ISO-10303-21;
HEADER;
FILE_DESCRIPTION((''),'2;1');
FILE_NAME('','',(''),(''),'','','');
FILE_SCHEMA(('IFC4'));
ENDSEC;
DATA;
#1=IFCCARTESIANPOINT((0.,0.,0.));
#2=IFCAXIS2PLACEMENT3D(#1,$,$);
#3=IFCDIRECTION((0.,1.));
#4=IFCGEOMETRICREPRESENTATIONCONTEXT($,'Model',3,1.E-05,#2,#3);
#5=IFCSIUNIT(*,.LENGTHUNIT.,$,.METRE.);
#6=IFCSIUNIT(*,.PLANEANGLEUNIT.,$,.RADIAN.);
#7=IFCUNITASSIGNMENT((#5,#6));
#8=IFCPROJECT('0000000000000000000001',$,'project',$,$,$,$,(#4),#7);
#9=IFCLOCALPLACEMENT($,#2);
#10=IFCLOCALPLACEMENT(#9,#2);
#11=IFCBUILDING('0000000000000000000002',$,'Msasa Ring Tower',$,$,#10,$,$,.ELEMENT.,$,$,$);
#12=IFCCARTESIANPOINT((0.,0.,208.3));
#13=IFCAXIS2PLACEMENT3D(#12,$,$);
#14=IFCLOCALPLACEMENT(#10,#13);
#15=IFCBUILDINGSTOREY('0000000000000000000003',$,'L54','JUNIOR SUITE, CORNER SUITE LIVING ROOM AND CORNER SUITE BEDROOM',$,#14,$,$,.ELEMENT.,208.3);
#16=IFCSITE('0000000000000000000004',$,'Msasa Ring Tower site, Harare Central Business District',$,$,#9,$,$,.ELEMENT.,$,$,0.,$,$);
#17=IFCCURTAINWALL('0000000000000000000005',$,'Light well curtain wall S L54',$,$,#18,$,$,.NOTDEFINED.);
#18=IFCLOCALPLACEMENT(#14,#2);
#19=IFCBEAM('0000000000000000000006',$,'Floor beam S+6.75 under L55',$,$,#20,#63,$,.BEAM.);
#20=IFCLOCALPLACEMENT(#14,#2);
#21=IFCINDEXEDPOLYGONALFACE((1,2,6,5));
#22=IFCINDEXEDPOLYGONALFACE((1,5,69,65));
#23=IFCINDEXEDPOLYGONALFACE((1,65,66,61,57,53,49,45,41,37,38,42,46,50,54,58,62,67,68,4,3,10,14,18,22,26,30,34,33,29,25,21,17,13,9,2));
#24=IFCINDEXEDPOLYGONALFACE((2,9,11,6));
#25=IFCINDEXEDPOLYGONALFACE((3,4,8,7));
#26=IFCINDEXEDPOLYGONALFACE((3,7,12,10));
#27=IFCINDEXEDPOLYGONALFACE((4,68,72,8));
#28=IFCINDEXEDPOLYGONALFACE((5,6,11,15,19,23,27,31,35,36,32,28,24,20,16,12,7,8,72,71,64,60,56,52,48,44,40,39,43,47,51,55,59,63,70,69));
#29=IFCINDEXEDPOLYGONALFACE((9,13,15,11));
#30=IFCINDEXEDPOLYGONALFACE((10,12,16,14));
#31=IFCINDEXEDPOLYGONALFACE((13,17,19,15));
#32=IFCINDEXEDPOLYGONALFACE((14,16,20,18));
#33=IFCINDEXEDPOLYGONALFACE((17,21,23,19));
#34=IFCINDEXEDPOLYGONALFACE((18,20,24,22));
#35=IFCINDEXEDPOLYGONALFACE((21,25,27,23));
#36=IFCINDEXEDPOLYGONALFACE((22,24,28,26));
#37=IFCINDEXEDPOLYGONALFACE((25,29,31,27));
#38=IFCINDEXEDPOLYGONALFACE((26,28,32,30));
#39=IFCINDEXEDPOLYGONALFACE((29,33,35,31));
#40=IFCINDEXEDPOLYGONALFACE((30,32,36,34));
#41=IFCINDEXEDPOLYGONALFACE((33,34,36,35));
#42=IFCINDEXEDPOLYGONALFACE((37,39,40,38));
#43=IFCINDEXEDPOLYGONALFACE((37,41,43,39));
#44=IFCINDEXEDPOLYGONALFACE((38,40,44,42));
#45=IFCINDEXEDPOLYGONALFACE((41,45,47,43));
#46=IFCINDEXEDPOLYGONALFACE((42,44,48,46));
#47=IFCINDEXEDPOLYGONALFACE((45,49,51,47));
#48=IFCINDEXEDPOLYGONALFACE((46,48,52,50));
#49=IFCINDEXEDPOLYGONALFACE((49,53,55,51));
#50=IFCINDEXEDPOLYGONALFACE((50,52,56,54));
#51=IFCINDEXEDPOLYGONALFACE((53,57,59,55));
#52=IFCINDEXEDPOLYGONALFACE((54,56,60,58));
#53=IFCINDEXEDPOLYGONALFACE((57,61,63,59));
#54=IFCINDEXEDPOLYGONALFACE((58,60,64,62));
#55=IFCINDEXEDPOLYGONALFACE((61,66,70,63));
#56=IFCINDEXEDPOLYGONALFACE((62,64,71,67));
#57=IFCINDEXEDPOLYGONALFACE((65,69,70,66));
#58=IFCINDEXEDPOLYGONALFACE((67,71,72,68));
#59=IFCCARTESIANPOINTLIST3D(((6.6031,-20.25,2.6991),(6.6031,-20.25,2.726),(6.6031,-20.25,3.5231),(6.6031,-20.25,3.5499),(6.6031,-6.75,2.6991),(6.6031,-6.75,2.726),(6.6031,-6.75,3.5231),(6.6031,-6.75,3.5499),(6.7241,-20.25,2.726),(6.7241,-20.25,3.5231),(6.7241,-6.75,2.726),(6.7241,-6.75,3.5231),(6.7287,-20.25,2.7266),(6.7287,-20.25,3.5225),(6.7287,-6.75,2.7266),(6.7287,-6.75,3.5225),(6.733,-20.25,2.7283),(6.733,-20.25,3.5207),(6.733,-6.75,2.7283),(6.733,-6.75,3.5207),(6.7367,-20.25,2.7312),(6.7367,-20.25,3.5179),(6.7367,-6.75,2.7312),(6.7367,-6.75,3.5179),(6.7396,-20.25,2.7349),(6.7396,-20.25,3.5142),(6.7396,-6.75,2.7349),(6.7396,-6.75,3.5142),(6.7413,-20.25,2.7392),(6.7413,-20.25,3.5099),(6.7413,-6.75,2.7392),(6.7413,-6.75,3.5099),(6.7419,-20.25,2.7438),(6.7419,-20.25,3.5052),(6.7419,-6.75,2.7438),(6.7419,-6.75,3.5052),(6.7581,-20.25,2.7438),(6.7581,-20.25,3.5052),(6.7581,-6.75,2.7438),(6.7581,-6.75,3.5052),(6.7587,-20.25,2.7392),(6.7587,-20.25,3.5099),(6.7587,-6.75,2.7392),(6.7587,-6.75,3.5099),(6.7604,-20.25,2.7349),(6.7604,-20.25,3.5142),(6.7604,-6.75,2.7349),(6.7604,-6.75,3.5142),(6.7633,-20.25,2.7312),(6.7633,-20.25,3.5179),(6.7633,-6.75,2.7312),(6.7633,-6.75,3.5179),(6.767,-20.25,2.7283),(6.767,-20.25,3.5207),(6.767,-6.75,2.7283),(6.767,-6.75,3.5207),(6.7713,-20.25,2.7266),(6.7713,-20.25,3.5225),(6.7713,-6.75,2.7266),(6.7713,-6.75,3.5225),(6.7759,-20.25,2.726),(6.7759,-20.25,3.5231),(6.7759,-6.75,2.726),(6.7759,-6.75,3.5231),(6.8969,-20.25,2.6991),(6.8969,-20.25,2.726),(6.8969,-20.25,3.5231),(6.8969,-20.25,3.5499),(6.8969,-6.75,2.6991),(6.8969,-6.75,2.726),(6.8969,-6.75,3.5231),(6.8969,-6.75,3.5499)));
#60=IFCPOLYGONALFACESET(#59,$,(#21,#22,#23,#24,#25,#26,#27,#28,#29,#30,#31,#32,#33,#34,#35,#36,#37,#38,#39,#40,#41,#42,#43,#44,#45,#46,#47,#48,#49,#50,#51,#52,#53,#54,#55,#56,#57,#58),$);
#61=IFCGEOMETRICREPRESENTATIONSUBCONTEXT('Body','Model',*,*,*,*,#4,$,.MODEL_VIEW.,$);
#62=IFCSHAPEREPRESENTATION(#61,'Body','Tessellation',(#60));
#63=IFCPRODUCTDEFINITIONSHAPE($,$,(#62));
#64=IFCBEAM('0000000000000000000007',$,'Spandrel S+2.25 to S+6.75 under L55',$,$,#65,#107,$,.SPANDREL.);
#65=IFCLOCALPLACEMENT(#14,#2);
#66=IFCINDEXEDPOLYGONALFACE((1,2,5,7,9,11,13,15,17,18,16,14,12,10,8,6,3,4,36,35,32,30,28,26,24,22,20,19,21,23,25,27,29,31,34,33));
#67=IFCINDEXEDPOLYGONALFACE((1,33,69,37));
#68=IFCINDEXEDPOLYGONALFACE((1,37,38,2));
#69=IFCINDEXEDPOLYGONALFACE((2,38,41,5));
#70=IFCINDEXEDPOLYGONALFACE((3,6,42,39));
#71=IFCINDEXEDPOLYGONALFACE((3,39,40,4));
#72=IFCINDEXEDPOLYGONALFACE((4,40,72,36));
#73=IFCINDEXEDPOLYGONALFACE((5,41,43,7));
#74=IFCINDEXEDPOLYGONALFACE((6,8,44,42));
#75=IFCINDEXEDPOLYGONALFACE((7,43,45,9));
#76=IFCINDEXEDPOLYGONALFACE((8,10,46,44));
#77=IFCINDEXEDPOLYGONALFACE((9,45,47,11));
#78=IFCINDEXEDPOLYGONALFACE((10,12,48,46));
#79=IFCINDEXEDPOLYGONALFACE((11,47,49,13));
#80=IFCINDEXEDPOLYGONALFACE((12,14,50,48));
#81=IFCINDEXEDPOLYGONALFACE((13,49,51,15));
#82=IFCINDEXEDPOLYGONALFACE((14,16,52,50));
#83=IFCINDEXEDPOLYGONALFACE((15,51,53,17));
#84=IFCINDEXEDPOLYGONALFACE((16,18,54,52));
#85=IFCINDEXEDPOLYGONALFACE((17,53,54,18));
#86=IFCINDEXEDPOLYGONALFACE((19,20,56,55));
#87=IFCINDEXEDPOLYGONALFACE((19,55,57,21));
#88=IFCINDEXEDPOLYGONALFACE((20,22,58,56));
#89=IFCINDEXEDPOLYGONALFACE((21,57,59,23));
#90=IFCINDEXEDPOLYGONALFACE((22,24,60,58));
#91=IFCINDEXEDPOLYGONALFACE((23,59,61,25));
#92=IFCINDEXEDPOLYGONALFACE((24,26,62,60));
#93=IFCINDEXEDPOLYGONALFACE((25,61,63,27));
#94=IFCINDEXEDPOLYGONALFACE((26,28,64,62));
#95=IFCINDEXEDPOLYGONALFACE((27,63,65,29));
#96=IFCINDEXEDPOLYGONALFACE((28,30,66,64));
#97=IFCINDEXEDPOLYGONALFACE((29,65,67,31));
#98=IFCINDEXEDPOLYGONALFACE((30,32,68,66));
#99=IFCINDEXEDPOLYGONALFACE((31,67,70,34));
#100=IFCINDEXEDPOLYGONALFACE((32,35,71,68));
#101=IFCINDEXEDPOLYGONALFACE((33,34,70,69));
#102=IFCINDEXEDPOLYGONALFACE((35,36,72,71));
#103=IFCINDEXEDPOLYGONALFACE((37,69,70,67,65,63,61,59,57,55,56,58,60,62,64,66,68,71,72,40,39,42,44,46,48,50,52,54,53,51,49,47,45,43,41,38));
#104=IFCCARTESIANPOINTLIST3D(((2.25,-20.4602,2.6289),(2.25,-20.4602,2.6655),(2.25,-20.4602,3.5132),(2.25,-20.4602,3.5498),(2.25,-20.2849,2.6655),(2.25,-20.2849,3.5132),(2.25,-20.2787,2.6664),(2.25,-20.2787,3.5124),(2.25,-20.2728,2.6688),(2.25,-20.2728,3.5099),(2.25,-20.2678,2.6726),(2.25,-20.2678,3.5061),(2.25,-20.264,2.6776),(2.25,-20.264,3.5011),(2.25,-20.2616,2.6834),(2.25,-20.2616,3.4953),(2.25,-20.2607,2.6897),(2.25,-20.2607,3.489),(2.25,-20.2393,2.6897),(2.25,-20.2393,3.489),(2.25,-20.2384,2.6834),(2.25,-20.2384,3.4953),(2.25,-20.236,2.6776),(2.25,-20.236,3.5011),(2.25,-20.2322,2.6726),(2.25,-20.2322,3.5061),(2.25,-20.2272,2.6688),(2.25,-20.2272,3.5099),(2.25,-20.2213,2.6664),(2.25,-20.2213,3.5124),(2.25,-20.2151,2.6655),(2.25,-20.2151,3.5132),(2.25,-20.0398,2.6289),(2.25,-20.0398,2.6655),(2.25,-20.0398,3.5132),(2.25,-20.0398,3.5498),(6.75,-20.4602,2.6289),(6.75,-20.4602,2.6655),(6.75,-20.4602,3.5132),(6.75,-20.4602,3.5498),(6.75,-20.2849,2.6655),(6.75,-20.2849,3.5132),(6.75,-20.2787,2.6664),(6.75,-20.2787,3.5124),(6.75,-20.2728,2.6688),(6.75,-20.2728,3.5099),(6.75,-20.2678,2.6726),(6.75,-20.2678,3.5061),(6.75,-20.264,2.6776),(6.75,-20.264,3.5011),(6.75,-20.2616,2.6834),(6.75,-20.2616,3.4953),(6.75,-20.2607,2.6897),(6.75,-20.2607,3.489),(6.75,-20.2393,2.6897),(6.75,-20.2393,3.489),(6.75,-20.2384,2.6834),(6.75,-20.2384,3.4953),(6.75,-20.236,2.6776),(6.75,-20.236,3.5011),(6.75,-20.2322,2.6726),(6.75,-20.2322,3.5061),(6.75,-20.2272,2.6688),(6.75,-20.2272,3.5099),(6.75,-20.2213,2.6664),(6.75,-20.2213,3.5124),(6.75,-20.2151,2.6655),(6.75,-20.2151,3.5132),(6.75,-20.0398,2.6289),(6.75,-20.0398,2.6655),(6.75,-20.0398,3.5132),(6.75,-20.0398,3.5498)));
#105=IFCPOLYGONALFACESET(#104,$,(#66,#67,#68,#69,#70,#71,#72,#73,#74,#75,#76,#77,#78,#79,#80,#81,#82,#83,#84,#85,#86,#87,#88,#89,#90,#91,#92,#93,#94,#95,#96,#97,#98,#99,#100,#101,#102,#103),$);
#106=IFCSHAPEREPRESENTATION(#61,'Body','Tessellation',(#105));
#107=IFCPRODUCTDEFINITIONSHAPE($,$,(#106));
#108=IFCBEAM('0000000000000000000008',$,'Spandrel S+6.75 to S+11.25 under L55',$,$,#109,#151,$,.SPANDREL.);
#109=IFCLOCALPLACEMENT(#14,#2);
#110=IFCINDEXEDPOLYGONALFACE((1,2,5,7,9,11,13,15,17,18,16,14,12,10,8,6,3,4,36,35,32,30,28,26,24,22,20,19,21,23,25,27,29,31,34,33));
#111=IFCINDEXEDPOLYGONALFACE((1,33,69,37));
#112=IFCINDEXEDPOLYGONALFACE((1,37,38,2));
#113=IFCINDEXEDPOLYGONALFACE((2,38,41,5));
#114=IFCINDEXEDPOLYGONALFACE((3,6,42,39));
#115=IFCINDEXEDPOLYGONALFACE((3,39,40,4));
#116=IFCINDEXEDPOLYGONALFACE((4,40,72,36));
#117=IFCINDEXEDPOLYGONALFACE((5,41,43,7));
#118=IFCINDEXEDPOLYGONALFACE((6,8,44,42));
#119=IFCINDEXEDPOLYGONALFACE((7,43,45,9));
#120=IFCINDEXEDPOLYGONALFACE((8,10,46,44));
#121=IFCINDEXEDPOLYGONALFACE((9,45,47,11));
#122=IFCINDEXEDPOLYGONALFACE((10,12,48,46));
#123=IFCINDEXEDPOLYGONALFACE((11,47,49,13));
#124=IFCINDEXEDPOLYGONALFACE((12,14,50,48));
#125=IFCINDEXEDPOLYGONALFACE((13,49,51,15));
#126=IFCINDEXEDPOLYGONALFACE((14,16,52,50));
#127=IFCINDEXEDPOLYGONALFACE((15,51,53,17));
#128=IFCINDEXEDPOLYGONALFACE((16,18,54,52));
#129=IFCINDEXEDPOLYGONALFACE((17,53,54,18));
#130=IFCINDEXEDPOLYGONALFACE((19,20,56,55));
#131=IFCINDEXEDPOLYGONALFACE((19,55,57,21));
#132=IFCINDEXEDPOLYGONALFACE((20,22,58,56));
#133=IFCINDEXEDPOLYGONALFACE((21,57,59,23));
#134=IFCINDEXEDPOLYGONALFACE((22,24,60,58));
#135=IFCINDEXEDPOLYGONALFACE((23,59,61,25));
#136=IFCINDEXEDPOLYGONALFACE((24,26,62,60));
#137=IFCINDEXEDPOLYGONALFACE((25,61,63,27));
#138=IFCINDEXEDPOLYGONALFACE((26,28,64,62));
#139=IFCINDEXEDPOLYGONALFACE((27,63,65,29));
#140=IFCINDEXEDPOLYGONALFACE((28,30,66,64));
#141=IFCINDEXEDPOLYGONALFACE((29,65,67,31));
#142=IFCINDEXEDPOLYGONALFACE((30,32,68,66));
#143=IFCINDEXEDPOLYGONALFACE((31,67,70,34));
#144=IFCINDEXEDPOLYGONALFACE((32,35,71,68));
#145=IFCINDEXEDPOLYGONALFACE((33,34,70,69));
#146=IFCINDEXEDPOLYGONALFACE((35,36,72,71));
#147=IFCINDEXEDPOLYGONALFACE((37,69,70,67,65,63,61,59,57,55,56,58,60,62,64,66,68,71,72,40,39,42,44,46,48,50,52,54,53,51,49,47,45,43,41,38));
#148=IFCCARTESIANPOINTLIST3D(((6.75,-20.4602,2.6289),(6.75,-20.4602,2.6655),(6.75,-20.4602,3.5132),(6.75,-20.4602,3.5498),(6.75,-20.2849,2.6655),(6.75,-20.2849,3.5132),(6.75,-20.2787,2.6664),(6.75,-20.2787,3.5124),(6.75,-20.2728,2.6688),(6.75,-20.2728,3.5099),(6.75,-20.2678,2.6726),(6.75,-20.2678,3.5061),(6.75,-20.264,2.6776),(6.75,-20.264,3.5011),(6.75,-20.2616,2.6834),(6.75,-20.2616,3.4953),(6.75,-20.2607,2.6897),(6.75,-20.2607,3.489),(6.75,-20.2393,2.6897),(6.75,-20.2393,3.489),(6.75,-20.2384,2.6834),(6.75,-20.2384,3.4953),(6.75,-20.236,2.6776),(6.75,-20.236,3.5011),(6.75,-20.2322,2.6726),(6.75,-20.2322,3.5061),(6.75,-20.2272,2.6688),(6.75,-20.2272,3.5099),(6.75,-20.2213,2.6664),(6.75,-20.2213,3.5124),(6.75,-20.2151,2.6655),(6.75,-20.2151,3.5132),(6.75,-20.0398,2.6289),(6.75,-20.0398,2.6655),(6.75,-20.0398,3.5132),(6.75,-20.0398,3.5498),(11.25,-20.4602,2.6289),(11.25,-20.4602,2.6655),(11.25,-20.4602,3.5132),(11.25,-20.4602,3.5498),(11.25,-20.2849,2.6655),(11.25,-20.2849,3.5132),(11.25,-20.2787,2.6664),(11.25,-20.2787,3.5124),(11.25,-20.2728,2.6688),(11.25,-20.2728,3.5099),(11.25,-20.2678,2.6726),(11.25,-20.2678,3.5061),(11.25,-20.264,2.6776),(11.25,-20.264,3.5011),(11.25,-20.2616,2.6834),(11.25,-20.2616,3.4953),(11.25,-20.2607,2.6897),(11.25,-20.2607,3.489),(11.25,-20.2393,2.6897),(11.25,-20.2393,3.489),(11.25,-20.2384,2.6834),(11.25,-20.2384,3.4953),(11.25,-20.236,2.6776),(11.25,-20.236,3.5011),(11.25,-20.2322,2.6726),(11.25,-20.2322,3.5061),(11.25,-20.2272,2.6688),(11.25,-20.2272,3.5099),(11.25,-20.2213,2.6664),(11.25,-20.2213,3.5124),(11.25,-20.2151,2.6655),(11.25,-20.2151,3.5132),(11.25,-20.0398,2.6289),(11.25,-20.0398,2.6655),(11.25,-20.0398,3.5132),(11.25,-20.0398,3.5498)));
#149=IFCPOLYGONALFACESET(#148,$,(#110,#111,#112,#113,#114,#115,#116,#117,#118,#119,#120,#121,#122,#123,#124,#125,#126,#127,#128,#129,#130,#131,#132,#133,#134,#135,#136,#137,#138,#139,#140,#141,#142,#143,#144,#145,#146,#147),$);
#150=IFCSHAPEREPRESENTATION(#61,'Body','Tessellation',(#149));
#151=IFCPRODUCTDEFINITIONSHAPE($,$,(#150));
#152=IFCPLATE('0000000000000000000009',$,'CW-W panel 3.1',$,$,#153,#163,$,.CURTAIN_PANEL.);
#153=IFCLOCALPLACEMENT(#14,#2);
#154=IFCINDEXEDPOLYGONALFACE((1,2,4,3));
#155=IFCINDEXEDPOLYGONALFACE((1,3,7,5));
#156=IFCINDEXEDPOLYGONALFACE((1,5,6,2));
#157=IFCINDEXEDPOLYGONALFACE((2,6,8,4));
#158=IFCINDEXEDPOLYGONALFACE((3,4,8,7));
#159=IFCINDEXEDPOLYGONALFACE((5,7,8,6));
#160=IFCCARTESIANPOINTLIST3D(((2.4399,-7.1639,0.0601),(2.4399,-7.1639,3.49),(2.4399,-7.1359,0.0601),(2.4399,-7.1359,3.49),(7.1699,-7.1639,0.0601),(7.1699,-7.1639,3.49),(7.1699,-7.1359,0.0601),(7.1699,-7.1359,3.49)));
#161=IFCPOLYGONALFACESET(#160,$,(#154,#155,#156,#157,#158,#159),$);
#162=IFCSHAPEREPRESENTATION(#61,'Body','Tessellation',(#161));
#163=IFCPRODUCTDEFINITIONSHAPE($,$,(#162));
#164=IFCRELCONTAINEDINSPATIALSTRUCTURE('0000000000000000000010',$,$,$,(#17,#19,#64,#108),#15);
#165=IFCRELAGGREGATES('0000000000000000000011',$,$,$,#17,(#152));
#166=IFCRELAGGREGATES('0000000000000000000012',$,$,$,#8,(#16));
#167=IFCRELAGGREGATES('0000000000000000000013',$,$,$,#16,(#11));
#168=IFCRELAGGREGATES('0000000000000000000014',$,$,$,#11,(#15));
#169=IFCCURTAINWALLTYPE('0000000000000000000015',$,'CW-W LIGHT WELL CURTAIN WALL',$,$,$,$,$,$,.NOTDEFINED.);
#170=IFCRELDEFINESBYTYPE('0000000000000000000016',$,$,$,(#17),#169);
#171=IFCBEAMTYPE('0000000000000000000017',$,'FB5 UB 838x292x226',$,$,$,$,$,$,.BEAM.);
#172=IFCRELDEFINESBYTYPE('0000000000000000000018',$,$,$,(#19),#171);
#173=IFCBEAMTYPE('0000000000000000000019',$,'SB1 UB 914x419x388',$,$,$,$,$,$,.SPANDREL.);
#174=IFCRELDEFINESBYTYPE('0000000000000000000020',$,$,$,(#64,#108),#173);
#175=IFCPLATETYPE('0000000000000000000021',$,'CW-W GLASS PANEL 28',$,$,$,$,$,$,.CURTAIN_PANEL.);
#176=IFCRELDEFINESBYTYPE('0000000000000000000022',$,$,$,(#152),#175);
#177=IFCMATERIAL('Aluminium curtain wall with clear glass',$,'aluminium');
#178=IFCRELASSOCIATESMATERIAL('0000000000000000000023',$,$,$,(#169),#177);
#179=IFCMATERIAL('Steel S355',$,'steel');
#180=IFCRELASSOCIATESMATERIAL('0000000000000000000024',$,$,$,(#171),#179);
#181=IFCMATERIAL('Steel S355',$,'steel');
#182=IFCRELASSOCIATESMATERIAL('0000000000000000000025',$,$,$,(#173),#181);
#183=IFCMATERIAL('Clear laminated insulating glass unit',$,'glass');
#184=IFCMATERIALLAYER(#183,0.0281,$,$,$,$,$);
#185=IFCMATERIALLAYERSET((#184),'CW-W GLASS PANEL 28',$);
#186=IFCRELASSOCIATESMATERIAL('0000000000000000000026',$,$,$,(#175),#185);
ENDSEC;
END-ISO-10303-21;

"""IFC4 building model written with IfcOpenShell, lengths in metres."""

from ifc_helpers import new_model, si_unit, direction, frame, origin, origin_2d, place, context, subcontext, project, spatial, rectangle, i_section, extrude, material, layer, layer_set, material_profile, profile_set, type_object, element, aggregate, save


model = new_model("IFC4")

# Units and contexts
model_context = context("Model", 3, precision=1e-05, world=origin(), true_north=direction((0.0, 1.0)))
body_context = subcontext(model_context, "Body", "Model", "MODEL_VIEW")
ifc_project = project(units=[si_unit("LENGTHUNIT", "METRE"), si_unit("PLANEANGLEUNIT", "RADIAN")], contexts=[model_context])

# Site, building, storey
site_placement = place(None, origin())
site = spatial("IfcSite", under=ifc_project, at=site_placement, Name="Msasa Ring Tower site, Harare Central Business District", CompositionType="ELEMENT", RefElevation=0.0)
building_placement = place(site_placement, origin())
building = spatial("IfcBuilding", under=site, at=building_placement, Name="Msasa Ring Tower", CompositionType="ELEMENT")
storey_placement = place(building_placement, frame((0.0, 0.0, 208.3)))
storey = spatial("IfcBuildingStorey", under=building, at=storey_placement, Name="L54", Description="JUNIOR SUITE, CORNER SUITE LIVING ROOM AND CORNER SUITE BEDROOM", CompositionType="ELEMENT", Elevation=208.3)

# Curtain wall
ifc_material_1 = material(Name="Aluminium curtain wall with clear glass", Category="aluminium")
curtain_wall_type = type_object("IfcCurtainWallType", Name="CW-W LIGHT WELL CURTAIN WALL", PredefinedType="NOTDEFINED", material=ifc_material_1)
curtain_wall_1_placement = place(storey_placement, origin())
curtain_wall_1 = element("IfcCurtainWall", 1, at=curtain_wall_1_placement, inside=storey, type_object=curtain_wall_type, Name="Light well curtain wall S L54", PredefinedType="NOTDEFINED")

# Beams
ifc_material_2 = material(Name="Steel S355", Category="steel")
ifc_material_profile_1 = material_profile(ifc_material_2, i_section(OverallWidth=0.2937, OverallDepth=0.8508, WebThickness=0.0161, FlangeThickness=0.0269, FilletRadius=0.0178, at=origin_2d()), Name="UB 838x292x226")
ifc_profile_set_1 = profile_set([ifc_material_profile_1], Name="Steel S355")
beam_type_1 = type_object("IfcBeamType", Name="FB5 UB 838x292x226", PredefinedType="BEAM", material=ifc_profile_set_1)
for number, where, z_axis, x_axis, name in (
    (2, (6.75, -20.25, 3.1245), (0.0, 1.0, 0.0), (-1.0, 0.0, 0.0), "Floor beam S+6.75 under L55"),
):
    element("IfcBeam", number, at=place(storey_placement, frame(where, z_axis=z_axis, x_axis=x_axis)), inside=storey, type_object=beam_type_1, Name=name, PredefinedType="BEAM", context=body_context, shape_type="SweptSolid", body=[
        extrude(i_section(OverallWidth=0.2937, OverallDepth=0.8508, WebThickness=0.0161, FlangeThickness=0.0269, FilletRadius=0.0178, at=origin_2d()), origin(), (0.0, 0.0, 1.0), 13.5),
    ])
ifc_material_3 = material(Name="Steel S355", Category="steel")
ifc_material_profile_2 = material_profile(ifc_material_3, i_section(OverallWidth=0.4204, OverallDepth=0.9209, WebThickness=0.0215, FlangeThickness=0.0366, FilletRadius=0.0242, at=origin_2d()), Name="UB 914x419x388")
ifc_profile_set_2 = profile_set([ifc_material_profile_2], Name="Steel S355")
beam_type_2 = type_object("IfcBeamType", Name="SB1 UB 914x419x388", PredefinedType="SPANDREL", material=ifc_profile_set_2)
for number, where, z_axis, x_axis, name in (
    (3, (2.25, -20.25, 3.0894), (1.0, 0.0, 0.0), (0.0, 1.0, 0.0), "Spandrel S+2.25 to S+6.75 under L55"),
    (4, (6.75, -20.25, 3.0894), (1.0, 0.0, 0.0), (0.0, 1.0, 0.0), "Spandrel S+6.75 to S+11.25 under L55"),
):
    element("IfcBeam", number, at=place(storey_placement, frame(where, z_axis=z_axis, x_axis=x_axis)), inside=storey, type_object=beam_type_2, Name=name, PredefinedType="SPANDREL", context=body_context, shape_type="SweptSolid", body=[
        extrude(i_section(OverallWidth=0.4204, OverallDepth=0.9209, WebThickness=0.0215, FlangeThickness=0.0366, FilletRadius=0.0242, at=origin_2d()), origin(), (0.0, 0.0, 1.0), 4.5),
    ])

# Plate
ifc_material_4 = material(Name="Clear laminated insulating glass unit", Category="glass")
ifc_layer_1 = layer(ifc_material_4, 0.0281)
ifc_layer_set_1 = layer_set([ifc_layer_1], Name="CW-W GLASS PANEL 28")
plate_type = type_object("IfcPlateType", Name="CW-W GLASS PANEL 28", PredefinedType="CURTAIN_PANEL", material=ifc_layer_set_1)
plate_placement = place(storey_placement, frame((4.8049, -7.1499, 0.0601), z_axis=(0.0, 0.0, 1.0), x_axis=(1.0, 0.0, 0.0)))
plate = element("IfcPlate", 5, at=plate_placement, type_object=plate_type, Name="CW-W panel 3.1", PredefinedType="CURTAIN_PANEL", context=body_context, shape_type="SweptSolid", body=[
    extrude(rectangle(XDim=4.73, YDim=0.0281, at=origin_2d()), origin(), (0.0, 0.0, 1.0), 3.4299),
])
aggregate(curtain_wall_1, [plate])

save(model, "model.ifc")
